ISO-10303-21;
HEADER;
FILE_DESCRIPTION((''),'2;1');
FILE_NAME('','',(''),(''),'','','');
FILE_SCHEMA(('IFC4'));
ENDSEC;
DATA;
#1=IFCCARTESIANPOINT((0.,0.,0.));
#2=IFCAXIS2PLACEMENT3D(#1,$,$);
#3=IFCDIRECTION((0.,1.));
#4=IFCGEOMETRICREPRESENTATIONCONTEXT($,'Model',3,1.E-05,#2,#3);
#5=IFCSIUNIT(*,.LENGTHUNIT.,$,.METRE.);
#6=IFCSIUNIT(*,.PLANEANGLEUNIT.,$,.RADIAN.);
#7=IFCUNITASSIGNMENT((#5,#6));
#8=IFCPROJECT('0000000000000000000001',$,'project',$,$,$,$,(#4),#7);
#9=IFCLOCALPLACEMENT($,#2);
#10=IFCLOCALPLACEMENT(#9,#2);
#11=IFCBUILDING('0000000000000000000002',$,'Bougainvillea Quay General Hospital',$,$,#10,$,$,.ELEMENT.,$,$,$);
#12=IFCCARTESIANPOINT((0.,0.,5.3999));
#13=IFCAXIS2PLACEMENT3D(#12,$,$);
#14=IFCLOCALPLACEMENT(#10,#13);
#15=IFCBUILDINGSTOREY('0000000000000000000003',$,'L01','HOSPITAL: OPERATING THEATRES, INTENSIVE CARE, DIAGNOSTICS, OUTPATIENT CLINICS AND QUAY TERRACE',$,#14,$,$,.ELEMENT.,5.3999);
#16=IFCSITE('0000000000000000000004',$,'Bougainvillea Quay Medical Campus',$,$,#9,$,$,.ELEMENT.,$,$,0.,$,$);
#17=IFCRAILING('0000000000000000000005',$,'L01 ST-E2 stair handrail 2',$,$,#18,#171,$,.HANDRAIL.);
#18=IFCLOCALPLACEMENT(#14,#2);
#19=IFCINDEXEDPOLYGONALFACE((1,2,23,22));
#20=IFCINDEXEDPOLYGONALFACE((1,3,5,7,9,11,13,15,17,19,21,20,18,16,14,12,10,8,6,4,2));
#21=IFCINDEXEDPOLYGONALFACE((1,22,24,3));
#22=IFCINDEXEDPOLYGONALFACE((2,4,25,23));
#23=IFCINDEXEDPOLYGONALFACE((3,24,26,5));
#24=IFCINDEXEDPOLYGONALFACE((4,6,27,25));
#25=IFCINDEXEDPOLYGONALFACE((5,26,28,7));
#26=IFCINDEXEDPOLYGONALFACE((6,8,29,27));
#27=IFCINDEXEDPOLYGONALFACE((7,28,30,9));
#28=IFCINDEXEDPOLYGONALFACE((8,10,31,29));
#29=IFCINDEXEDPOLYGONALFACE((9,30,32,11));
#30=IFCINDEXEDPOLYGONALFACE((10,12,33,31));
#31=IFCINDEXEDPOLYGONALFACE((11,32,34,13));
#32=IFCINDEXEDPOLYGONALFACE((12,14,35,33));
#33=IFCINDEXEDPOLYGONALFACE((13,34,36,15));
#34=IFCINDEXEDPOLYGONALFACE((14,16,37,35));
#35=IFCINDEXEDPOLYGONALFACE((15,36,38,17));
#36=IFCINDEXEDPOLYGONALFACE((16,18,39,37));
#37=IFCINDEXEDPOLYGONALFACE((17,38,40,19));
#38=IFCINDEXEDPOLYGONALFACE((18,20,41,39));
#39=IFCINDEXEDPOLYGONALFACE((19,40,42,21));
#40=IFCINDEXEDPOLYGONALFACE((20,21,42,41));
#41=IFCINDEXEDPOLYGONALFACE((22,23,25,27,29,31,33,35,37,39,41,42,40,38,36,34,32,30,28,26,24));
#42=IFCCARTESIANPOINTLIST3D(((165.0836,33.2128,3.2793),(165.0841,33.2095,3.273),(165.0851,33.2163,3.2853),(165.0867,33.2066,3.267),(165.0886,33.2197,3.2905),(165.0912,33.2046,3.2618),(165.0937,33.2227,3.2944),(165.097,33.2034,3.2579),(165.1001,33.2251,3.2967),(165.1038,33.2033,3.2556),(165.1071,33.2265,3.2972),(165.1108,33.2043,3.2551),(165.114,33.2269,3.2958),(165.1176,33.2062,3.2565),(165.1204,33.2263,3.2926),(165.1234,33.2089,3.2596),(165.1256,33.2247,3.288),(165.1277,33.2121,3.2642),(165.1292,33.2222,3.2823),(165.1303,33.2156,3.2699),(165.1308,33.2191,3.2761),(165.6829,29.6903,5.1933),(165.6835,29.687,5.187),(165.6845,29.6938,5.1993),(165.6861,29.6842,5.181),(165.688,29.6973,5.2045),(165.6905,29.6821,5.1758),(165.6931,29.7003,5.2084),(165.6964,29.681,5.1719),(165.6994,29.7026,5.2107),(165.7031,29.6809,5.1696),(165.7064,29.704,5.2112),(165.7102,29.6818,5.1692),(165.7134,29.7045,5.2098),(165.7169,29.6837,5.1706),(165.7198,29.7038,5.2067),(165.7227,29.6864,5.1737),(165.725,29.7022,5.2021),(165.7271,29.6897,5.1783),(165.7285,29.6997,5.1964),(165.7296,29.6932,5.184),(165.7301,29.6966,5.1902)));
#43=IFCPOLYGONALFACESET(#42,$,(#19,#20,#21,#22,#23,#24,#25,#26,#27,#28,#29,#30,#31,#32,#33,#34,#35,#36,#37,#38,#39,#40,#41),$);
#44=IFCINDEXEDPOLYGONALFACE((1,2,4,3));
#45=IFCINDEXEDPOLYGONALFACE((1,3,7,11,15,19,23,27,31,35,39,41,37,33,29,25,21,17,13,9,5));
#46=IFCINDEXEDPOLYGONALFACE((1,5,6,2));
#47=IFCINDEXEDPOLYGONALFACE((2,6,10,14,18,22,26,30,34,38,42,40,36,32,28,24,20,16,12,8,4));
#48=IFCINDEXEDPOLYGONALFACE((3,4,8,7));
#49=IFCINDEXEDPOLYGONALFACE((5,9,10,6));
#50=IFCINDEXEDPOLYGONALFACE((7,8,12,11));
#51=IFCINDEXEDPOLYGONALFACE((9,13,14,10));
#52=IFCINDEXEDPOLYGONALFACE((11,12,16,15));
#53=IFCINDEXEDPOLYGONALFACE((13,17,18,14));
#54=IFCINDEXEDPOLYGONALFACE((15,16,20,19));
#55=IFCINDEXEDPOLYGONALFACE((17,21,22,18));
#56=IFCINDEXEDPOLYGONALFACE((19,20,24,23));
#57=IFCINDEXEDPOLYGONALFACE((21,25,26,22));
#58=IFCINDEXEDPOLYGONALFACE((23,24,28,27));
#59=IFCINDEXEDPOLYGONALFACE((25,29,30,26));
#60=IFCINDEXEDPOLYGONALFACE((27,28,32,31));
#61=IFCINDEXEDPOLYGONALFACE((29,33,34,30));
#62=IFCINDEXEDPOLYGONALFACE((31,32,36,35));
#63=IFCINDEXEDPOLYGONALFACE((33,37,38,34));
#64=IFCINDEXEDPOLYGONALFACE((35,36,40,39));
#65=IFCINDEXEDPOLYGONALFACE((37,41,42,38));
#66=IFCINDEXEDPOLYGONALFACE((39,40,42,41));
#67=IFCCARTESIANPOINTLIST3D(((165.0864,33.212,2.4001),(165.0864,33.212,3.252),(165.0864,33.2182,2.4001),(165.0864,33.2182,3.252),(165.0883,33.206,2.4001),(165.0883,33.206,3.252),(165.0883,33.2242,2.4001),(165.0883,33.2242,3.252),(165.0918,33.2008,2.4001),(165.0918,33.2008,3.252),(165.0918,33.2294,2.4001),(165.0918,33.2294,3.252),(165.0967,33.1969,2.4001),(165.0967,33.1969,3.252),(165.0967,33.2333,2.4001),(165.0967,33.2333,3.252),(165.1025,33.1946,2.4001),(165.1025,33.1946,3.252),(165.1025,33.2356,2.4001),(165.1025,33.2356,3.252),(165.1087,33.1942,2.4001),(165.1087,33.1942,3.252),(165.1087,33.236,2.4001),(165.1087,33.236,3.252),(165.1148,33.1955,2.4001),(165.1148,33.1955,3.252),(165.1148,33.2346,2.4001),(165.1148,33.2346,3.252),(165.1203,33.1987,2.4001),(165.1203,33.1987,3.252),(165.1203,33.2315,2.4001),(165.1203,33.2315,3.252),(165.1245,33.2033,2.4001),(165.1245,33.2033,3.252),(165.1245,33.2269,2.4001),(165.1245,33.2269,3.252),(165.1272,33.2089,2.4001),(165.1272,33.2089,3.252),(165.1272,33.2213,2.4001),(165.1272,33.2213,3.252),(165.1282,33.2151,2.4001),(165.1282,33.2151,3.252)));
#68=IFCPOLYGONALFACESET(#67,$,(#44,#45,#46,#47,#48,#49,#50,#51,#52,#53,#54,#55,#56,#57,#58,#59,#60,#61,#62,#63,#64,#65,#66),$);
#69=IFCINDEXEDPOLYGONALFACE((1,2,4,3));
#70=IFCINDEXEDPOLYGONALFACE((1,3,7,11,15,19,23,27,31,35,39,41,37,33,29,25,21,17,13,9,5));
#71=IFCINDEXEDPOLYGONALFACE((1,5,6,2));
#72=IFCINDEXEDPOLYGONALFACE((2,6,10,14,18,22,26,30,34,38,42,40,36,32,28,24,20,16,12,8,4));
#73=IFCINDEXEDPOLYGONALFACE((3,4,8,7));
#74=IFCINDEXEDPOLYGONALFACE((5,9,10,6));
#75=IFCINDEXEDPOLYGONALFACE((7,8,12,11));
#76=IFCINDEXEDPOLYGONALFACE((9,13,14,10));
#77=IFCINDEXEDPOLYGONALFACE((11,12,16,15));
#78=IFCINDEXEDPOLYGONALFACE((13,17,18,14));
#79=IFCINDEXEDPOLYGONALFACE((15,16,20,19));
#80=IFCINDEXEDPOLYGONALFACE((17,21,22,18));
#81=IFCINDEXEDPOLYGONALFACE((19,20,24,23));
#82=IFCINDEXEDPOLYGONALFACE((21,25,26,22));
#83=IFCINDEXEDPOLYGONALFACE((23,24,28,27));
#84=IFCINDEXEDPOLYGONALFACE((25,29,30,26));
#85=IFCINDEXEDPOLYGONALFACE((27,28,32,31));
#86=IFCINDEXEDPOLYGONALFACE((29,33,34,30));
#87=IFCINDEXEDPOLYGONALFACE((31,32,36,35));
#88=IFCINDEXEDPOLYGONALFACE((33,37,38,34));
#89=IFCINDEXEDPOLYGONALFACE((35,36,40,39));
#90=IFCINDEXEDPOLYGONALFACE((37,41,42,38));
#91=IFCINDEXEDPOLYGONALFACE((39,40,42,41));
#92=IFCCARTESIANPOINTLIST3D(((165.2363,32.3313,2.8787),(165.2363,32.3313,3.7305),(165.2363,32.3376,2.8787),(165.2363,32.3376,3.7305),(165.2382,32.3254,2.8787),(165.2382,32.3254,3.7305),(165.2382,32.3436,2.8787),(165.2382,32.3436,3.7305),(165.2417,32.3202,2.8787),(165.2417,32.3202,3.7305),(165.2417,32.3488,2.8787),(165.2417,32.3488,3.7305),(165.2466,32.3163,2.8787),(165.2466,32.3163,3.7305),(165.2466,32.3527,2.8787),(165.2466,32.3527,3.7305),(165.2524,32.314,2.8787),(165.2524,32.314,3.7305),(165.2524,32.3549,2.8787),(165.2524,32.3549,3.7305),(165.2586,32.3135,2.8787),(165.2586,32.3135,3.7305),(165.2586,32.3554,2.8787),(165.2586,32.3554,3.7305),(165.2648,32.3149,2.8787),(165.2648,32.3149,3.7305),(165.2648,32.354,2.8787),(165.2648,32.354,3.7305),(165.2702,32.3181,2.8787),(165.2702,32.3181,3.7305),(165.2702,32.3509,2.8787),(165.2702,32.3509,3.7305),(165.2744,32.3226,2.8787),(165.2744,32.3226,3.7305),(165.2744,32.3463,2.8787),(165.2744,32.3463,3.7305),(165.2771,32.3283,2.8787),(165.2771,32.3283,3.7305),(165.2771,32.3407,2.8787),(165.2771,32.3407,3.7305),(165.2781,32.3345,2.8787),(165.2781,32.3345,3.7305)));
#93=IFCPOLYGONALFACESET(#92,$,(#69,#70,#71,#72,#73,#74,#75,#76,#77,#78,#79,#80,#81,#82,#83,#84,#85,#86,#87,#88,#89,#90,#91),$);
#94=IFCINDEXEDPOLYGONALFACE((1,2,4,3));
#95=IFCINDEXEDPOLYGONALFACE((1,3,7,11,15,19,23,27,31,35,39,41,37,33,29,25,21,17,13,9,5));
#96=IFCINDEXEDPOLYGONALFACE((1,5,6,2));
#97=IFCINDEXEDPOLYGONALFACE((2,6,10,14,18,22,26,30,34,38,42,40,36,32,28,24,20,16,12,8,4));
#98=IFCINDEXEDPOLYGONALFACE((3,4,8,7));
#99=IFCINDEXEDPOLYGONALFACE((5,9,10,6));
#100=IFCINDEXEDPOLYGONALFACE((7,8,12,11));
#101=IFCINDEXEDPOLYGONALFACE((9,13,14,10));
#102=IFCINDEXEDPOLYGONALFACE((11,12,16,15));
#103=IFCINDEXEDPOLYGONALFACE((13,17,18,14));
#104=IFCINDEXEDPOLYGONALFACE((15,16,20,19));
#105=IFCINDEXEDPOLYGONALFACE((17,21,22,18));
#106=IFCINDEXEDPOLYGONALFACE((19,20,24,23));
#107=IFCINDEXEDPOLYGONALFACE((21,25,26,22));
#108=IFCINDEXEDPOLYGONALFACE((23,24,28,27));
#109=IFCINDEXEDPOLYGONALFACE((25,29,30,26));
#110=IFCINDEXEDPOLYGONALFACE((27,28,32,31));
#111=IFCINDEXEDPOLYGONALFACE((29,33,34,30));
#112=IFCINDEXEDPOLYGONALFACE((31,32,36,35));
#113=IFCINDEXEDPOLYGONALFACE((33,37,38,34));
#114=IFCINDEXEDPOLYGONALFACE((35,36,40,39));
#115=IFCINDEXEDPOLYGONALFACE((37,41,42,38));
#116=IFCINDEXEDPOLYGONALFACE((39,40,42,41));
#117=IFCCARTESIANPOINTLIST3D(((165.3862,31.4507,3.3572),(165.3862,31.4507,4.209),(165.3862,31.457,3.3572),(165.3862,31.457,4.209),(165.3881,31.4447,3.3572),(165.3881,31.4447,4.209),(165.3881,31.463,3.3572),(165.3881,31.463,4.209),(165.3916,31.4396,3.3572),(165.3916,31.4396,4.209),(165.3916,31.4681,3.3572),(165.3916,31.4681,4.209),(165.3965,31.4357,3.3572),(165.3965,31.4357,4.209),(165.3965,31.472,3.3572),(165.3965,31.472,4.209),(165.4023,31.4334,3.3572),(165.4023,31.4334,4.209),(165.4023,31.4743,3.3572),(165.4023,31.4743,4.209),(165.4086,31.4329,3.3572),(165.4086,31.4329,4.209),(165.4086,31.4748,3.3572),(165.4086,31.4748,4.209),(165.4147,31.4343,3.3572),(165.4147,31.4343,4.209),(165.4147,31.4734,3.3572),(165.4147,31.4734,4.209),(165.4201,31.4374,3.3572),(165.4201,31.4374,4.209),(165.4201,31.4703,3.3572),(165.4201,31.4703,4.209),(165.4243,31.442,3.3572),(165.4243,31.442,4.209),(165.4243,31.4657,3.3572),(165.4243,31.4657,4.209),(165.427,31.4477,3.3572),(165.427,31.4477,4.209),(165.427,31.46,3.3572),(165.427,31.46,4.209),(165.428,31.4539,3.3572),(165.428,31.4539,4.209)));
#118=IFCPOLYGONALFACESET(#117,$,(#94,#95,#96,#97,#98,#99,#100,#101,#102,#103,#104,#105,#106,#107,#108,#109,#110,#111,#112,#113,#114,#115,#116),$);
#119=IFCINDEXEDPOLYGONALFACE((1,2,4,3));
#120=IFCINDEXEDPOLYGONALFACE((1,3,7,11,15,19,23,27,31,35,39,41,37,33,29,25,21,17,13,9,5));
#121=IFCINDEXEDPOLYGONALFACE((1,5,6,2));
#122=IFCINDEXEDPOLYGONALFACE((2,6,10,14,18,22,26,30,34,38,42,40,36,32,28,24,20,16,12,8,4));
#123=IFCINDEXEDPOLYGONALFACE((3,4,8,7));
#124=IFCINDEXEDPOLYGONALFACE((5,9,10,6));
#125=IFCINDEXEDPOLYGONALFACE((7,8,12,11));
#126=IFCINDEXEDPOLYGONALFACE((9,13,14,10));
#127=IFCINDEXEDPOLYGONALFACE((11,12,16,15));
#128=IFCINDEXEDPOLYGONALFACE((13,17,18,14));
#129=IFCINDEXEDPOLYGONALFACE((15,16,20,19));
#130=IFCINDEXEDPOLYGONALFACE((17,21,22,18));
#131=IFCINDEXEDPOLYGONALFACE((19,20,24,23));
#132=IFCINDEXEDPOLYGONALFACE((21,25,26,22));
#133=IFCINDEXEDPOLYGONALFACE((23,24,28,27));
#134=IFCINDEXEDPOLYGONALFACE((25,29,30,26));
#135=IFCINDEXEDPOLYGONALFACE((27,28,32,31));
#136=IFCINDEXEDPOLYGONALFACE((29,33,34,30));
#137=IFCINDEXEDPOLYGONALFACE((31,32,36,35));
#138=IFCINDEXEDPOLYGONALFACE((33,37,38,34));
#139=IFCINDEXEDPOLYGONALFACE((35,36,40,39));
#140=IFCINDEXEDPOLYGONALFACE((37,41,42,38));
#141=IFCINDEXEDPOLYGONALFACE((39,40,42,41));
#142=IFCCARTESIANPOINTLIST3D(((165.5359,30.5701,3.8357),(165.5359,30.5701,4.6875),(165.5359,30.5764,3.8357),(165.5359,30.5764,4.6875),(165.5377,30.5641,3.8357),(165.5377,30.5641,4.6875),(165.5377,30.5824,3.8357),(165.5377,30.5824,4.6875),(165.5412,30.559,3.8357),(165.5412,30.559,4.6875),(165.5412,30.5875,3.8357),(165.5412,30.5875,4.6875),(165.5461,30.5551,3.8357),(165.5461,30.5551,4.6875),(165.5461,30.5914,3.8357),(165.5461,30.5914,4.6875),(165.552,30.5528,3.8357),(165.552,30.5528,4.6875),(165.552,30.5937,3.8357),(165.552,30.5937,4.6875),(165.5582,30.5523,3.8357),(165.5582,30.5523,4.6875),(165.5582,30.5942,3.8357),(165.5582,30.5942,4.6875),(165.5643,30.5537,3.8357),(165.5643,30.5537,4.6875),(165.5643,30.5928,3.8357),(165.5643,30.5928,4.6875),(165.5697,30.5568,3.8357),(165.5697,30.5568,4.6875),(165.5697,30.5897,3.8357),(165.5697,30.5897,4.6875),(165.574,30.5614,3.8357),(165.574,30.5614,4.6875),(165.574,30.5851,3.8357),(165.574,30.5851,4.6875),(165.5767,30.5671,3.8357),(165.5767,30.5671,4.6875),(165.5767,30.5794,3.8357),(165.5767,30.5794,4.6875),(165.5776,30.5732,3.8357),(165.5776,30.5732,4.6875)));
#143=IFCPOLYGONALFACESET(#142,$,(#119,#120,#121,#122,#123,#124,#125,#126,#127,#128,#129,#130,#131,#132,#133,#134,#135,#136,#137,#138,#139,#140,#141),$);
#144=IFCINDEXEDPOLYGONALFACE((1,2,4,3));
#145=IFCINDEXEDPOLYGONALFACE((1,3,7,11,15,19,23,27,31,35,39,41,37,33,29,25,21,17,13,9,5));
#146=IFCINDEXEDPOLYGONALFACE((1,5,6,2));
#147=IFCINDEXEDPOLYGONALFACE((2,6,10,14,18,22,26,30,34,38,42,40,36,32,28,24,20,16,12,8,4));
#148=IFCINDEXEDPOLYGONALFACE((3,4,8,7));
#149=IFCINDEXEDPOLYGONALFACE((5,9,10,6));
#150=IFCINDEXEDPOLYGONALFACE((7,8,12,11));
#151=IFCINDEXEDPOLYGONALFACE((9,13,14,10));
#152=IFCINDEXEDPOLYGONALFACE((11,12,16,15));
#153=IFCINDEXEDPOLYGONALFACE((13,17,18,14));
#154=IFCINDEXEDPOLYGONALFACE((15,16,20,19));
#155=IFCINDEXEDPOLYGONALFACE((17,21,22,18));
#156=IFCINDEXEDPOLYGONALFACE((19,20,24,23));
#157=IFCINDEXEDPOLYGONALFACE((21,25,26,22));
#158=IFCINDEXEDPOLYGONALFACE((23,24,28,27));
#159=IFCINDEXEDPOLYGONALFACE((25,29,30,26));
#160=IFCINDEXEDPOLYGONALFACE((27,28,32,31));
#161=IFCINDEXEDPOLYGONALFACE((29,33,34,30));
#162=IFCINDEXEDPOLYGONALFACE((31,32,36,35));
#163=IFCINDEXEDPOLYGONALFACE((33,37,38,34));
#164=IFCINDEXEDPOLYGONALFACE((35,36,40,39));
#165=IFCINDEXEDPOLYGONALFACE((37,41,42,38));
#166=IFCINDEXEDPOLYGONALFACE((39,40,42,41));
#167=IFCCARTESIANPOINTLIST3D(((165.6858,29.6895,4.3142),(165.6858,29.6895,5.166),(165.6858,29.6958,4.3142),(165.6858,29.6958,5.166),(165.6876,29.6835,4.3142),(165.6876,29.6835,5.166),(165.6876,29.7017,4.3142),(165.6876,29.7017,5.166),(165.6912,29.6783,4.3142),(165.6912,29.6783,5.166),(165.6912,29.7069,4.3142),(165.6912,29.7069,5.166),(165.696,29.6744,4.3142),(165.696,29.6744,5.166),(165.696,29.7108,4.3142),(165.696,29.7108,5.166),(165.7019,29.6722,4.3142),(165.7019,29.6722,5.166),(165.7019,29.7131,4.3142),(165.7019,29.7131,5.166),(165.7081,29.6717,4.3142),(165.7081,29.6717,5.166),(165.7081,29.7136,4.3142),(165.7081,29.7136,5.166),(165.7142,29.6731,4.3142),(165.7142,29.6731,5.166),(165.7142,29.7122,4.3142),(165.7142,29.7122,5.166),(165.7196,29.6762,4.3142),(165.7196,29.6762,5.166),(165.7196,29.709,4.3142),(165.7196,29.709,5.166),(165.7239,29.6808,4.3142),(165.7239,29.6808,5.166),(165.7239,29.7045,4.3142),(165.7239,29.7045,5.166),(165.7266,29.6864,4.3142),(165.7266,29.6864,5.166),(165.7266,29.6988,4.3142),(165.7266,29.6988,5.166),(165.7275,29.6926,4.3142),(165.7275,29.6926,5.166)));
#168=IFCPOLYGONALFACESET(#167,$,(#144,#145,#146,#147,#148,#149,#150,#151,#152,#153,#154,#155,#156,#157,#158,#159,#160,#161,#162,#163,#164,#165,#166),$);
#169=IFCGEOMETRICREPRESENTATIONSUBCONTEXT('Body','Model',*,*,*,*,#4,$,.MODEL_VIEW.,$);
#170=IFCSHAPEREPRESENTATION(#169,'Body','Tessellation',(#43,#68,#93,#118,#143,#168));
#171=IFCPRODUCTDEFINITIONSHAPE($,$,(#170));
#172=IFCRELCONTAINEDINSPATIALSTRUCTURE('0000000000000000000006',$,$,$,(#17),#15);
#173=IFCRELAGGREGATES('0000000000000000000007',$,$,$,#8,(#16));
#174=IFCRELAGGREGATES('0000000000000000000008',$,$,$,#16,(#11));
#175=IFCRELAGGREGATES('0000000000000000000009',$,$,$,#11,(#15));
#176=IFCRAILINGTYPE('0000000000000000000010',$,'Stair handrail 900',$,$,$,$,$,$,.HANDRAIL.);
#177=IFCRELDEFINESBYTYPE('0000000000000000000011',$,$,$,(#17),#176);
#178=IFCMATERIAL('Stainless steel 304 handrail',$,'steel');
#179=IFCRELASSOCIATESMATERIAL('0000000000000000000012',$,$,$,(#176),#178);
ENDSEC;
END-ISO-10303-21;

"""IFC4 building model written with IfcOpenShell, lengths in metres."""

from ifc_helpers import new_model, si_unit, direction, frame, origin, origin_2d, place, context, subcontext, project, spatial, circle, extrude, material, type_object, element, save


model = new_model("IFC4")

# Units and contexts
model_context = context("Model", 3, precision=1e-05, world=origin(), true_north=direction((0.0, 1.0)))
body_context = subcontext(model_context, "Body", "Model", "MODEL_VIEW")
ifc_project = project(units=[si_unit("LENGTHUNIT", "METRE"), si_unit("PLANEANGLEUNIT", "RADIAN")], contexts=[model_context])

# Site, building, storey
site_placement = place(None, origin())
site = spatial("IfcSite", under=ifc_project, at=site_placement, Name="Bougainvillea Quay Medical Campus", CompositionType="ELEMENT", RefElevation=0.0)
building_placement = place(site_placement, origin())
building = spatial("IfcBuilding", under=site, at=building_placement, Name="Bougainvillea Quay General Hospital", CompositionType="ELEMENT")
storey_placement = place(building_placement, frame((0.0, 0.0, 5.3999)))
storey = spatial("IfcBuildingStorey", under=building, at=storey_placement, Name="L01", Description="HOSPITAL: OPERATING THEATRES, INTENSIVE CARE, DIAGNOSTICS, OUTPATIENT CLINICS AND QUAY TERRACE", CompositionType="ELEMENT", Elevation=5.3999)

# Railing
ifc_material_1 = material(Name="Stainless steel 304 handrail", Category="steel")
railing_type_1 = type_object("IfcRailingType", Name="Stair handrail 900", PredefinedType="HANDRAIL", material=ifc_material_1)
railing_1_placement = place(storey_placement, frame((165.1072, 33.2151, 2.4001)))
element("IfcRailing", 1, at=railing_1_placement, inside=storey, type_object=railing_type_1, Name="L01 ST-E2 stair handrail 2", PredefinedType="HANDRAIL", context=body_context, shape_type="SweptSolid", body=[
    extrude(circle(Radius=0.0239, at=origin_2d()), frame((0.0, 0.0, 0.876), z_axis=(0.147865, -0.868999, 0.472204), x_axis=(0.985831, 0.167744, 0.0)), (0.0, 0.0, 1.0), 4.0535),
    extrude(circle(Radius=0.021, at=origin_2d()), origin(), (0.0, 0.0, 1.0), 0.8518),
    extrude(circle(Radius=0.021, at=origin_2d()), frame((0.1499, -0.8806, 0.4785)), (0.0, 0.0, 1.0), 0.8518),
    extrude(circle(Radius=0.021, at=origin_2d()), frame((0.2998, -1.7612, 0.957)), (0.0, 0.0, 1.0), 0.8518),
    extrude(circle(Radius=0.021, at=origin_2d()), frame((0.4495, -2.6418, 1.4355)), (0.0, 0.0, 1.0), 0.8518),
    extrude(circle(Radius=0.021, at=origin_2d()), frame((0.5994, -3.5225, 1.9141)), (0.0, 0.0, 1.0), 0.8518),
])

save(model, "model.ifc")
